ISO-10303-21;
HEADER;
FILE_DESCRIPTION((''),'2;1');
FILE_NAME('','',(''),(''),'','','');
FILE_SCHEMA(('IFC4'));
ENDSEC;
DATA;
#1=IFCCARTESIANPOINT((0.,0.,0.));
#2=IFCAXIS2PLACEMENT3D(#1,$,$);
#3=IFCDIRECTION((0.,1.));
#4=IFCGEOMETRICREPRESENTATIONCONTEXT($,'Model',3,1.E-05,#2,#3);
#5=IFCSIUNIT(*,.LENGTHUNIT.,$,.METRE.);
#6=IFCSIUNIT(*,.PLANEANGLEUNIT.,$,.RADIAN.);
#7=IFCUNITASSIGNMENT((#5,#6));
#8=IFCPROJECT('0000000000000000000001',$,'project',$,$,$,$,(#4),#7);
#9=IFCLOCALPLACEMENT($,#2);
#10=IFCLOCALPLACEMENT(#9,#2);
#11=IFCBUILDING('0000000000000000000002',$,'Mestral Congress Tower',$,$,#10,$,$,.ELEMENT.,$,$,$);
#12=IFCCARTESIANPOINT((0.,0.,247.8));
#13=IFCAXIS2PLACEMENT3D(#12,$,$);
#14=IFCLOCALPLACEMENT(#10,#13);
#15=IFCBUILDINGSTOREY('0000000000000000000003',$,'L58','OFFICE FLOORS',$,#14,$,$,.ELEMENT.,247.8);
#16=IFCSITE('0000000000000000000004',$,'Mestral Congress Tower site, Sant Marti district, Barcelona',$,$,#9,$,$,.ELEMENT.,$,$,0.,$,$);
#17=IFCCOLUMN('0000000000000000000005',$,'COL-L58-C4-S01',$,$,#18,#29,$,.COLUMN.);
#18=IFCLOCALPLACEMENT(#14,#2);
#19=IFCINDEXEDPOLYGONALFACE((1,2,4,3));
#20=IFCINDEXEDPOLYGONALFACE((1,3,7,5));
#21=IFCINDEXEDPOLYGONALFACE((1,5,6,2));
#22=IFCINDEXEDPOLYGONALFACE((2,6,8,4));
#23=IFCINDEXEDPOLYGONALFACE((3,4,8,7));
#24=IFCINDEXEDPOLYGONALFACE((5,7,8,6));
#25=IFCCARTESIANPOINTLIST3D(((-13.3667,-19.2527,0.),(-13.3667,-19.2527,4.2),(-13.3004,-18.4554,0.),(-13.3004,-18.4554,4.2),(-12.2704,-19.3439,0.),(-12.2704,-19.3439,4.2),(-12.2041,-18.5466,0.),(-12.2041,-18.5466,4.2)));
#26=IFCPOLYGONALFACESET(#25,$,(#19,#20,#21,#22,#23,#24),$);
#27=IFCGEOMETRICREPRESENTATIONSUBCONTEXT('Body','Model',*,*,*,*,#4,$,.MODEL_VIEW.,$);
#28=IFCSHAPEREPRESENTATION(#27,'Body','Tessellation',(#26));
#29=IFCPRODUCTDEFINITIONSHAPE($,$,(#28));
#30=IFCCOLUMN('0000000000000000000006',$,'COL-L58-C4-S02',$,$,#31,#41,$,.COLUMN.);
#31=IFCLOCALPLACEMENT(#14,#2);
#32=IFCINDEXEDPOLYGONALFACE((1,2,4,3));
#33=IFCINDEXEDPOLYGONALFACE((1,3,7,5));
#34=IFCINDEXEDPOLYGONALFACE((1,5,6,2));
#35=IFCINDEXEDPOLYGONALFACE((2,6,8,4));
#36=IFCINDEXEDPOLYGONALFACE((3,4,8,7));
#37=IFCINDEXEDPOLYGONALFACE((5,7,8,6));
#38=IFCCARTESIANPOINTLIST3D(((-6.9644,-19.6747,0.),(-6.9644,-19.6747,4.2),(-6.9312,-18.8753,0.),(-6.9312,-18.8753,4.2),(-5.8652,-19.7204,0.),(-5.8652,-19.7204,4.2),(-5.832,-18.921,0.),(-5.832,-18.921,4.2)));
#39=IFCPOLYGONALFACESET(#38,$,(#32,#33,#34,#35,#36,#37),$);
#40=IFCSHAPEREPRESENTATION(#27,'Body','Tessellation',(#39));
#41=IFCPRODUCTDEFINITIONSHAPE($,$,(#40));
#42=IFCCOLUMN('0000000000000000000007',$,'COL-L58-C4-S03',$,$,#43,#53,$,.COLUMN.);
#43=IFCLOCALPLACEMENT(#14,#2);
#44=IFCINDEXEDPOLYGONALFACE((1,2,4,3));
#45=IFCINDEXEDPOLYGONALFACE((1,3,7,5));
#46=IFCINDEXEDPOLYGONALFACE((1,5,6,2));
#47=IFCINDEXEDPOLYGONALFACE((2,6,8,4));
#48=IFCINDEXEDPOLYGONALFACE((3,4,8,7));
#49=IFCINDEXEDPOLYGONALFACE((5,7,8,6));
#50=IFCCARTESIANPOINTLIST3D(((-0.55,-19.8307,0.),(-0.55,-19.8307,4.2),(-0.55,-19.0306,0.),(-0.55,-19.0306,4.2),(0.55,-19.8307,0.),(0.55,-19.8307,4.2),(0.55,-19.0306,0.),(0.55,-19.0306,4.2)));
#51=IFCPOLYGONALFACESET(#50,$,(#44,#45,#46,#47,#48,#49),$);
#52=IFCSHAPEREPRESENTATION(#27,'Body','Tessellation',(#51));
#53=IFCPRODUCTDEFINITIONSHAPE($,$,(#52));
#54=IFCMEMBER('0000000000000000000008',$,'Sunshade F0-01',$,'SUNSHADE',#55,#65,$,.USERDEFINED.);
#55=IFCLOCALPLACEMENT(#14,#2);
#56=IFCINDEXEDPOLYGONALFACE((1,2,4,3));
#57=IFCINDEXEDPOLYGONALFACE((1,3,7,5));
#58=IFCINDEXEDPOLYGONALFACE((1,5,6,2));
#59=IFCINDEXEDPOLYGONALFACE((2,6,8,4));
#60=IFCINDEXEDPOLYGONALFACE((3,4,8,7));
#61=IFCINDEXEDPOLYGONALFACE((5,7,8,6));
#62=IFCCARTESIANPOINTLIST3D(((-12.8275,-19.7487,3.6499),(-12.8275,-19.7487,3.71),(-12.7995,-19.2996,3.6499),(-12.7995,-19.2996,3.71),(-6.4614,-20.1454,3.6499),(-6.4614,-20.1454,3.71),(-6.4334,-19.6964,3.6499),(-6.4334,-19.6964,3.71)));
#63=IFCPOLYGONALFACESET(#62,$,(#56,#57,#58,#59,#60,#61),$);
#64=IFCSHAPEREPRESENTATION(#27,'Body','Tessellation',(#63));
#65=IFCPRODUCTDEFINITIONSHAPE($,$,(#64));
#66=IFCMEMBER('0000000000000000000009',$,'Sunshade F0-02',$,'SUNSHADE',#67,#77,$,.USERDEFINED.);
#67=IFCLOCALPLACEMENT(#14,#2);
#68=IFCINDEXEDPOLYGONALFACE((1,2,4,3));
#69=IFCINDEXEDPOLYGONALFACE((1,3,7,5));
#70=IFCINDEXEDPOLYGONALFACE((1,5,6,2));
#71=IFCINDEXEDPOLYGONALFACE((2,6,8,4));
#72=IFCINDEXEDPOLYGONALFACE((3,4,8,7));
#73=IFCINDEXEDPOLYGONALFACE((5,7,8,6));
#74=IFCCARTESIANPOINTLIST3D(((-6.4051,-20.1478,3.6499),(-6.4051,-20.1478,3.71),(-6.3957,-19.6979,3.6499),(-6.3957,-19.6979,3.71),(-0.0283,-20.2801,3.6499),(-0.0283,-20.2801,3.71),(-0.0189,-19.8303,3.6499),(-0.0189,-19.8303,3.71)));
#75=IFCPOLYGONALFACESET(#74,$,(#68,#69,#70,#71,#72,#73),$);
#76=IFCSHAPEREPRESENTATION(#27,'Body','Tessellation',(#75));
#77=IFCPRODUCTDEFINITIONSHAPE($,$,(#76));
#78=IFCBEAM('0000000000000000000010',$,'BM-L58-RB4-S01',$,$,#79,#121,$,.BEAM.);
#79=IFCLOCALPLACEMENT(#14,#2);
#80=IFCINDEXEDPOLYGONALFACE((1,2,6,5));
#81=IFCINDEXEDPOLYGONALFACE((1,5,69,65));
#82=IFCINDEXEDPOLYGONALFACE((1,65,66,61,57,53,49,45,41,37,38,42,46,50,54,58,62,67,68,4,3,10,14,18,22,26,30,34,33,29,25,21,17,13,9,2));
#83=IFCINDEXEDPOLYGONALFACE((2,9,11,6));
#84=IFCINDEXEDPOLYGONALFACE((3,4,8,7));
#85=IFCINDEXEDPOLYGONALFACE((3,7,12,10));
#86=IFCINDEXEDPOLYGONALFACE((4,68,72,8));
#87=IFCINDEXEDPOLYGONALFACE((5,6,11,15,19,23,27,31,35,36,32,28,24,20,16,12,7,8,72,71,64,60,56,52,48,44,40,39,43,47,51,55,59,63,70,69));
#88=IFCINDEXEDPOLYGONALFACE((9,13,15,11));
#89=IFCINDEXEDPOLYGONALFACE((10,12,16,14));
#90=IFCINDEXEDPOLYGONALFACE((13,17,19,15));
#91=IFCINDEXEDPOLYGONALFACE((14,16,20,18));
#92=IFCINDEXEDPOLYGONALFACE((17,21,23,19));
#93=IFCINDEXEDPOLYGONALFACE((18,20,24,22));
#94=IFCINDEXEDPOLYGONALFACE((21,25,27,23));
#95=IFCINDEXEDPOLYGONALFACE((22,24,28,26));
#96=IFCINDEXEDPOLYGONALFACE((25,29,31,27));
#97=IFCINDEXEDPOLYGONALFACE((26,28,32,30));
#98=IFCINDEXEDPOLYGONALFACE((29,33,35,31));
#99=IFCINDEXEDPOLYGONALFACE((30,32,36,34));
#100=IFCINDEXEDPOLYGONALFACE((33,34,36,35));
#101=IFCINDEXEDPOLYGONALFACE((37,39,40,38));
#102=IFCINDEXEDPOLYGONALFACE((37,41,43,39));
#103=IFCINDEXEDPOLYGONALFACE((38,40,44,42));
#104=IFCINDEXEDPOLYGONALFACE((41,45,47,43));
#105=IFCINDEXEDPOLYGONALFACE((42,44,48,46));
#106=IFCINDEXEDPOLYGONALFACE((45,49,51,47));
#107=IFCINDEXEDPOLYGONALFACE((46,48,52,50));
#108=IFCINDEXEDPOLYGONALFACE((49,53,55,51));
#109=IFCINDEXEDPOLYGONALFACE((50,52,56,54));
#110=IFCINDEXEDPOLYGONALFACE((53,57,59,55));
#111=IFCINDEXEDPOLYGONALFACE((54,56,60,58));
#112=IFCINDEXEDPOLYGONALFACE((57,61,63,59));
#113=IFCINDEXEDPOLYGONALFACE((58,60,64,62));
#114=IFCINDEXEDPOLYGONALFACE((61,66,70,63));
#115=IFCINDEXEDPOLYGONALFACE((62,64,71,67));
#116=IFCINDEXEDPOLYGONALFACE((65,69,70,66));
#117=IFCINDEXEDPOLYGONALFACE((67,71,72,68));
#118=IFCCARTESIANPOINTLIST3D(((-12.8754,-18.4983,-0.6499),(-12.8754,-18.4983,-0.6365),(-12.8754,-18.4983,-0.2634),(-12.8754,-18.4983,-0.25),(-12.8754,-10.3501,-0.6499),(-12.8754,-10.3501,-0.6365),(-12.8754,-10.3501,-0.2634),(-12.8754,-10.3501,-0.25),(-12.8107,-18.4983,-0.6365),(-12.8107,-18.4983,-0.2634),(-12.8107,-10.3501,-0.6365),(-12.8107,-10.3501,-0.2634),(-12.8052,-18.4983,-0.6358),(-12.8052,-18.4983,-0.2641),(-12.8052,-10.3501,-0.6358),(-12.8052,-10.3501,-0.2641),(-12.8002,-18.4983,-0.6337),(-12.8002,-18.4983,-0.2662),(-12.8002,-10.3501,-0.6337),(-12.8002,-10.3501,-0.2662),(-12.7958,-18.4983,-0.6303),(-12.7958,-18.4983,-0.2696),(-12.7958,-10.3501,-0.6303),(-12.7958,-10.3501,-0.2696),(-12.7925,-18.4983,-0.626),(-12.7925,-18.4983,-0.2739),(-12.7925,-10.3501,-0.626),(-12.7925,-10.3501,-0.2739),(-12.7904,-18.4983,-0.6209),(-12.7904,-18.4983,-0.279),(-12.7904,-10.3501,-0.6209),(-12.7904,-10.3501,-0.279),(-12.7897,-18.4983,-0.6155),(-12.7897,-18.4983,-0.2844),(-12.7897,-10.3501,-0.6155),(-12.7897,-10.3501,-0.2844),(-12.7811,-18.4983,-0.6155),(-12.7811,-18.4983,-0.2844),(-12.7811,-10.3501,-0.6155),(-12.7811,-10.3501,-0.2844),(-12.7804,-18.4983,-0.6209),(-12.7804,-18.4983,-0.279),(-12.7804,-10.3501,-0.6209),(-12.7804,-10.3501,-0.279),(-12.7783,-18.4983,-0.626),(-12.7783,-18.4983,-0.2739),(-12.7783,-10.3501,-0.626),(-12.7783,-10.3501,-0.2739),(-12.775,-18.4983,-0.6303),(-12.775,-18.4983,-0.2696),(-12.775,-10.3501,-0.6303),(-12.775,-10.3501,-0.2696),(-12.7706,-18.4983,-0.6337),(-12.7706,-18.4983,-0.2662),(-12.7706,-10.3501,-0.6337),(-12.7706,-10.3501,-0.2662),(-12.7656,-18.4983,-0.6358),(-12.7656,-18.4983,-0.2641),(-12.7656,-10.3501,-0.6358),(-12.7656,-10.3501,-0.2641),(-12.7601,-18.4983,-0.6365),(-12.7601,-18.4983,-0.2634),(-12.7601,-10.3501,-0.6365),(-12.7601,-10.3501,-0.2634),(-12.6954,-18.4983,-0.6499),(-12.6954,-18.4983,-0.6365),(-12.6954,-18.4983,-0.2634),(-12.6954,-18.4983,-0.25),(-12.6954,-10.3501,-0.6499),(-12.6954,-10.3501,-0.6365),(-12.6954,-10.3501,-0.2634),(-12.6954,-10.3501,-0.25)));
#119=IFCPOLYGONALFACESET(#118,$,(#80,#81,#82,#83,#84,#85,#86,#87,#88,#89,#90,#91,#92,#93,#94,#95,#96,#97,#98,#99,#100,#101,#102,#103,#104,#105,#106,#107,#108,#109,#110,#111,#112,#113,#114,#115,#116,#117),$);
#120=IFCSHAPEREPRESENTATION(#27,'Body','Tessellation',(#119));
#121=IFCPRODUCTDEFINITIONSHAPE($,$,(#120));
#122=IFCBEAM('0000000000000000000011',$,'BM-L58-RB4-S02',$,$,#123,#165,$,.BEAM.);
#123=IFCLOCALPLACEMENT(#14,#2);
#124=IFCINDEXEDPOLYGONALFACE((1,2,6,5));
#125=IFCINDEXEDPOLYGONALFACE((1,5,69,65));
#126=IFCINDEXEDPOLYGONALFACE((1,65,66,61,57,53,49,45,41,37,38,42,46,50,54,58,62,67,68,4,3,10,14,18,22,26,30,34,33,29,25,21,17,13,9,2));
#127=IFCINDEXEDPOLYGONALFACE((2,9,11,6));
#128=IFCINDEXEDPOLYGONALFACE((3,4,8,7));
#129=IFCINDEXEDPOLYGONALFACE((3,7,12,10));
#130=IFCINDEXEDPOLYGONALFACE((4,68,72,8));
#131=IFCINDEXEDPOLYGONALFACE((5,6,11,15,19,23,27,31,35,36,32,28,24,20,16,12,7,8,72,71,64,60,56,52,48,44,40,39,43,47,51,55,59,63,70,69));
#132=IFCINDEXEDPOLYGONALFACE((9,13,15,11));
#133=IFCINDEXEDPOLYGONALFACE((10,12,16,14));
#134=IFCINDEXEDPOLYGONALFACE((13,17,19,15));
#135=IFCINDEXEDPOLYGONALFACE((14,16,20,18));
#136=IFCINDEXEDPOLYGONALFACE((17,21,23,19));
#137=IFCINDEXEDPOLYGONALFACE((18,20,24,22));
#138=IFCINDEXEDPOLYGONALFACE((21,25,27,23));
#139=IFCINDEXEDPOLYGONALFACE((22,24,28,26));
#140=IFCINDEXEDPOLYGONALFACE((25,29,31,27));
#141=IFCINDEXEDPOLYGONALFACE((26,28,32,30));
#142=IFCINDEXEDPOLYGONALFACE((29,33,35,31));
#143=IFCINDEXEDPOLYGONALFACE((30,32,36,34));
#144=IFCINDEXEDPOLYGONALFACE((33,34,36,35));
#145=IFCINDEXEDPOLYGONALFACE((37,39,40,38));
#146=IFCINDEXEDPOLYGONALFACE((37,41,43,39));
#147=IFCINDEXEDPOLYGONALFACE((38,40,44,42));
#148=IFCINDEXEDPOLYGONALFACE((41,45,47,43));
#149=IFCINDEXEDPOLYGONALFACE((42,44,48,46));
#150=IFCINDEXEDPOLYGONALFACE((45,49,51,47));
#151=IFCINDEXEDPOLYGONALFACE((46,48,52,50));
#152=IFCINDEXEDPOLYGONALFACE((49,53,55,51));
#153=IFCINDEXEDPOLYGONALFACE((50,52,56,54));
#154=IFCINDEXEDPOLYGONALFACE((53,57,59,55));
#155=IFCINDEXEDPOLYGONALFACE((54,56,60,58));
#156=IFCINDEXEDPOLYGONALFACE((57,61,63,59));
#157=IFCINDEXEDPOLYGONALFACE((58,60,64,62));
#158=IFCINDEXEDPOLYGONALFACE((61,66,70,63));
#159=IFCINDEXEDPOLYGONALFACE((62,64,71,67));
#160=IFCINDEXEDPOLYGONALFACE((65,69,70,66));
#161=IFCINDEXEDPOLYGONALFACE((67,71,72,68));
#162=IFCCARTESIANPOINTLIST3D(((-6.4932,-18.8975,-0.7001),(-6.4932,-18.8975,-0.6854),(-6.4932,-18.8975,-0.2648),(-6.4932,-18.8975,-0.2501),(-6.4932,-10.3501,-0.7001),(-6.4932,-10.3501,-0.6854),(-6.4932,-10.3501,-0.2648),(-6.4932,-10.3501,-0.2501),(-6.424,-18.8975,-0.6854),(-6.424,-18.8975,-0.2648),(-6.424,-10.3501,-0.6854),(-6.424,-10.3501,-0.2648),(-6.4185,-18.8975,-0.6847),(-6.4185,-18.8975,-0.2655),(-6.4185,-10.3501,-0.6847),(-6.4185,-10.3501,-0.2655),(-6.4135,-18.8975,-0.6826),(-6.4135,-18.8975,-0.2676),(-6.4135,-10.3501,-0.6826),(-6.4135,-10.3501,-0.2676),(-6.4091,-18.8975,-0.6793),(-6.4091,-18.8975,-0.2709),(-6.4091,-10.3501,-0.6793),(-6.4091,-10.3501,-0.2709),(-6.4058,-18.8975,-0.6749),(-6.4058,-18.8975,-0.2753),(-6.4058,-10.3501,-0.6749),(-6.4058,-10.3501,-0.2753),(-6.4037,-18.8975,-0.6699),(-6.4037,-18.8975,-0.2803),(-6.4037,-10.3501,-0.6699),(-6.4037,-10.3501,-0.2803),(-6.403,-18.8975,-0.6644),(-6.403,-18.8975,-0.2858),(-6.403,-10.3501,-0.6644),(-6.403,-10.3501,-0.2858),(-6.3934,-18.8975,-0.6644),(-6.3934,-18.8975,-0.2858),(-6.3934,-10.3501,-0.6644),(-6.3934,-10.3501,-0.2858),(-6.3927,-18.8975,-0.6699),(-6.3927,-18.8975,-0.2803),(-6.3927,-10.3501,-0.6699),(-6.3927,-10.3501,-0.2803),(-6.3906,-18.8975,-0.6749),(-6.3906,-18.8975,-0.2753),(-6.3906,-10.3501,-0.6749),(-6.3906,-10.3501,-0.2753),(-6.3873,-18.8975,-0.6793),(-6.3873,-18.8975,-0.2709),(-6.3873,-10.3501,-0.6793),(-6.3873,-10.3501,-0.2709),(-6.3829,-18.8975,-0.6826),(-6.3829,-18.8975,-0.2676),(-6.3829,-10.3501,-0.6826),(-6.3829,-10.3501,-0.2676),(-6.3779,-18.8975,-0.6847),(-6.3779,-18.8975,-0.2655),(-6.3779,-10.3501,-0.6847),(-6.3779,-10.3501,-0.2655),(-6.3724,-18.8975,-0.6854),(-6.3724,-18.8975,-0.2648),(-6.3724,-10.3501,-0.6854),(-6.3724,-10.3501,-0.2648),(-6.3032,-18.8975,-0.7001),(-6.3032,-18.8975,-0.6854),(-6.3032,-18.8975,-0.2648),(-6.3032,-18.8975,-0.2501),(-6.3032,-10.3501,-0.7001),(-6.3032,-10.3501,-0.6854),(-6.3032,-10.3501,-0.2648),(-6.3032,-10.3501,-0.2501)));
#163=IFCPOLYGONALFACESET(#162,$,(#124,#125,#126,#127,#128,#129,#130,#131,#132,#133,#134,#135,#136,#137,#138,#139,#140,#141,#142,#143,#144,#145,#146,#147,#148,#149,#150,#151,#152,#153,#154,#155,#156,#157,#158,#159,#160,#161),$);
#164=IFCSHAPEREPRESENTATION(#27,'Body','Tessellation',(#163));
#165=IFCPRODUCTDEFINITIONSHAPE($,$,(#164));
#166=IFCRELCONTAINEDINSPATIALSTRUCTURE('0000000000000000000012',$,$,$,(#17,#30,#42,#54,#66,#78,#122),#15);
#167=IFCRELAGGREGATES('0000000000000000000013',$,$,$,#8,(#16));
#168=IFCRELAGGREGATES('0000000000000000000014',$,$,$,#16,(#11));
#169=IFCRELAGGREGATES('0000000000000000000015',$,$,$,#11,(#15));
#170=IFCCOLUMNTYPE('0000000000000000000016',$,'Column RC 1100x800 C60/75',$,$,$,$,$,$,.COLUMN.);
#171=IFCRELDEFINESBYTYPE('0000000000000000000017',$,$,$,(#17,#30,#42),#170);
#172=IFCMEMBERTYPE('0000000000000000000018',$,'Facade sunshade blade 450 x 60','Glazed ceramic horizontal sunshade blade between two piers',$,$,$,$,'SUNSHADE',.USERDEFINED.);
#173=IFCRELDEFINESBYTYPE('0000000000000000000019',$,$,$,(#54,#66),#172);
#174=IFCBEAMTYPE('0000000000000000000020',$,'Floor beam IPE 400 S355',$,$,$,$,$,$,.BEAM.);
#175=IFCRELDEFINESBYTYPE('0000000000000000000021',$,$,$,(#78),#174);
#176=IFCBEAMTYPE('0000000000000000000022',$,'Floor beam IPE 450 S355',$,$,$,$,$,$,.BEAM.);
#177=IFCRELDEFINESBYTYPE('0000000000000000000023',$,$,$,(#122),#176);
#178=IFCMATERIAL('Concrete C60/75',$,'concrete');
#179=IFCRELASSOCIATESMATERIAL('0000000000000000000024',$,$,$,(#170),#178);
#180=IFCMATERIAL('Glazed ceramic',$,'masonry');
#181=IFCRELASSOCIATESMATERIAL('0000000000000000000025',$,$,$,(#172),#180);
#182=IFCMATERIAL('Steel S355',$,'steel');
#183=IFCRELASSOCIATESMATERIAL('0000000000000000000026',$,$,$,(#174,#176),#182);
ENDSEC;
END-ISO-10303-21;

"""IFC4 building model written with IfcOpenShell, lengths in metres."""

from ifc_helpers import new_model, si_unit, direction, frame, origin, origin_2d, place, context, subcontext, project, spatial, rectangle, i_section, extrude, material, material_profile, profile_set, type_object, element, save


model = new_model("IFC4")

# Units and contexts
model_context = context("Model", 3, precision=1e-05, world=origin(), true_north=direction((0.0, 1.0)))
body_context = subcontext(model_context, "Body", "Model", "MODEL_VIEW")
ifc_project = project(units=[si_unit("LENGTHUNIT", "METRE"), si_unit("PLANEANGLEUNIT", "RADIAN")], contexts=[model_context])

# Site, building, storey
site_placement = place(None, origin())
site = spatial("IfcSite", under=ifc_project, at=site_placement, Name="Mestral Congress Tower site, Sant Marti district, Barcelona", CompositionType="ELEMENT", RefElevation=0.0)
building_placement = place(site_placement, origin())
building = spatial("IfcBuilding", under=site, at=building_placement, Name="Mestral Congress Tower", CompositionType="ELEMENT")
storey_placement = place(building_placement, frame((0.0, 0.0, 247.8)))
storey = spatial("IfcBuildingStorey", under=building, at=storey_placement, Name="L58", Description="OFFICE FLOORS", CompositionType="ELEMENT", Elevation=247.8)

# Columns
ifc_material_1 = material(Name="Concrete C60/75", Category="concrete")
ifc_material_profile_1 = material_profile(ifc_material_1, rectangle(XDim=1.1001, YDim=0.8, at=origin_2d()), Name="RC 1100x800")
ifc_profile_set_1 = profile_set([ifc_material_profile_1], Name="Concrete C60/75")
column_type = type_object("IfcColumnType", Name="Column RC 1100x800 C60/75", PredefinedType="COLUMN", material=ifc_profile_set_1)
for number, where, z_axis, x_axis, name in (
    (1, (-12.7854, -18.8997, 0.0), (0.0, 0.0, 1.0), (0.996557, -0.082914, 0.0), "COL-L58-C4-S01"),
    (2, (-6.3982, -19.2979, 0.0), (0.0, 0.0, 1.0), (0.999139, -0.041492, 0.0), "COL-L58-C4-S02"),
    (3, (0.0, -19.4307, 0.0), (0.0, 0.0, 1.0), (1.0, 0.0, 0.0), "COL-L58-C4-S03"),
):
    element("IfcColumn", number, at=place(storey_placement, frame(where, z_axis=z_axis, x_axis=x_axis)), inside=storey, type_object=column_type, Name=name, PredefinedType="COLUMN", context=body_context, shape_type="SweptSolid", body=[
        extrude(rectangle(XDim=1.1001, YDim=0.8, at=origin_2d()), origin(), (0.0, 0.0, 1.0), 4.2),
    ])

# Members
ifc_material_2 = material(Name="Glazed ceramic", Category="masonry")
ifc_material_profile_2 = material_profile(ifc_material_2, rectangle(XDim=0.45, YDim=0.0601, at=origin_2d()), Name="Ceramic blade 450 x 60")
ifc_profile_set_2 = profile_set([ifc_material_profile_2], Name="Glazed ceramic")
member_type = type_object("IfcMemberType", Name="Facade sunshade blade 450 x 60", Description="Glazed ceramic horizontal sunshade blade between two piers", ElementType="SUNSHADE", PredefinedType="USERDEFINED", material=ifc_profile_set_2)
member_1_placement = place(storey_placement, frame((-12.8135, -19.5242, 3.6799), z_axis=(0.998064, -0.0622, 0.0), x_axis=(0.0622, 0.998064, 0.0)))
element("IfcMember", 4, at=member_1_placement, inside=storey, type_object=member_type, Name="Sunshade F0-01", ObjectType="SUNSHADE", PredefinedType="USERDEFINED", context=body_context, shape_type="SweptSolid", body=[
    extrude(rectangle(XDim=0.45, YDim=0.0601, at=origin_2d()), origin(), (0.0, 0.0, 1.0), 6.3784),
])
member_2_placement = place(storey_placement, frame((-6.4004, -19.9229, 3.6799), z_axis=(0.999785, -0.020747, 0.0), x_axis=(0.020747, 0.999785, 0.0)))
element("IfcMember", 5, at=member_2_placement, inside=storey, type_object=member_type, Name="Sunshade F0-02", ObjectType="SUNSHADE", PredefinedType="USERDEFINED", context=body_context, shape_type="SweptSolid", body=[
    extrude(rectangle(XDim=0.45, YDim=0.0601, at=origin_2d()), origin(), (0.0, 0.0, 1.0), 6.3782),
])

# Beams
ifc_material_3 = material(Name="Steel S355", Category="steel")
ifc_material_profile_3 = material_profile(ifc_material_3, i_section(OverallWidth=0.1799, OverallDepth=0.3999, WebThickness=0.0085, FlangeThickness=0.0134, FilletRadius=0.021, at=origin_2d()), Name="IPE 400")
ifc_profile_set_3 = profile_set([ifc_material_profile_3], Name="Steel S355")
beam_type_1 = type_object("IfcBeamType", Name="Floor beam IPE 400 S355", PredefinedType="BEAM", material=ifc_profile_set_3)
beam_1_placement = place(storey_placement, frame((-12.7854, -18.4983, -0.45), z_axis=(0.0, 1.0, 0.0), x_axis=(-1.0, 0.0, 0.0)))
element("IfcBeam", 6, at=beam_1_placement, inside=storey, type_object=beam_type_1, Name="BM-L58-RB4-S01", PredefinedType="BEAM", context=body_context, shape_type="SweptSolid", body=[
    extrude(i_section(OverallWidth=0.1799, OverallDepth=0.3999, WebThickness=0.0085, FlangeThickness=0.0134, FilletRadius=0.021, at=origin_2d()), origin(), (0.0, 0.0, 1.0), 8.1482),
])
ifc_material_profile_4 = material_profile(ifc_material_3, i_section(OverallWidth=0.1899, OverallDepth=0.45, WebThickness=0.0095, FlangeThickness=0.0146, FilletRadius=0.021, at=origin_2d()), Name="IPE 450")
ifc_profile_set_4 = profile_set([ifc_material_profile_4], Name="Steel S355")
beam_type_2 = type_object("IfcBeamType", Name="Floor beam IPE 450 S355", PredefinedType="BEAM", material=ifc_profile_set_4)
beam_2_placement = place(storey_placement, frame((-6.3982, -18.8975, -0.4751), z_axis=(0.0, 1.0, 0.0), x_axis=(-1.0, 0.0, 0.0)))
element("IfcBeam", 7, at=beam_2_placement, inside=storey, type_object=beam_type_2, Name="BM-L58-RB4-S02", PredefinedType="BEAM", context=body_context, shape_type="SweptSolid", body=[
    extrude(i_section(OverallWidth=0.1899, OverallDepth=0.45, WebThickness=0.0095, FlangeThickness=0.0146, FilletRadius=0.021, at=origin_2d()), origin(), (0.0, 0.0, 1.0), 8.5474),
])

save(model, "model.ifc")
